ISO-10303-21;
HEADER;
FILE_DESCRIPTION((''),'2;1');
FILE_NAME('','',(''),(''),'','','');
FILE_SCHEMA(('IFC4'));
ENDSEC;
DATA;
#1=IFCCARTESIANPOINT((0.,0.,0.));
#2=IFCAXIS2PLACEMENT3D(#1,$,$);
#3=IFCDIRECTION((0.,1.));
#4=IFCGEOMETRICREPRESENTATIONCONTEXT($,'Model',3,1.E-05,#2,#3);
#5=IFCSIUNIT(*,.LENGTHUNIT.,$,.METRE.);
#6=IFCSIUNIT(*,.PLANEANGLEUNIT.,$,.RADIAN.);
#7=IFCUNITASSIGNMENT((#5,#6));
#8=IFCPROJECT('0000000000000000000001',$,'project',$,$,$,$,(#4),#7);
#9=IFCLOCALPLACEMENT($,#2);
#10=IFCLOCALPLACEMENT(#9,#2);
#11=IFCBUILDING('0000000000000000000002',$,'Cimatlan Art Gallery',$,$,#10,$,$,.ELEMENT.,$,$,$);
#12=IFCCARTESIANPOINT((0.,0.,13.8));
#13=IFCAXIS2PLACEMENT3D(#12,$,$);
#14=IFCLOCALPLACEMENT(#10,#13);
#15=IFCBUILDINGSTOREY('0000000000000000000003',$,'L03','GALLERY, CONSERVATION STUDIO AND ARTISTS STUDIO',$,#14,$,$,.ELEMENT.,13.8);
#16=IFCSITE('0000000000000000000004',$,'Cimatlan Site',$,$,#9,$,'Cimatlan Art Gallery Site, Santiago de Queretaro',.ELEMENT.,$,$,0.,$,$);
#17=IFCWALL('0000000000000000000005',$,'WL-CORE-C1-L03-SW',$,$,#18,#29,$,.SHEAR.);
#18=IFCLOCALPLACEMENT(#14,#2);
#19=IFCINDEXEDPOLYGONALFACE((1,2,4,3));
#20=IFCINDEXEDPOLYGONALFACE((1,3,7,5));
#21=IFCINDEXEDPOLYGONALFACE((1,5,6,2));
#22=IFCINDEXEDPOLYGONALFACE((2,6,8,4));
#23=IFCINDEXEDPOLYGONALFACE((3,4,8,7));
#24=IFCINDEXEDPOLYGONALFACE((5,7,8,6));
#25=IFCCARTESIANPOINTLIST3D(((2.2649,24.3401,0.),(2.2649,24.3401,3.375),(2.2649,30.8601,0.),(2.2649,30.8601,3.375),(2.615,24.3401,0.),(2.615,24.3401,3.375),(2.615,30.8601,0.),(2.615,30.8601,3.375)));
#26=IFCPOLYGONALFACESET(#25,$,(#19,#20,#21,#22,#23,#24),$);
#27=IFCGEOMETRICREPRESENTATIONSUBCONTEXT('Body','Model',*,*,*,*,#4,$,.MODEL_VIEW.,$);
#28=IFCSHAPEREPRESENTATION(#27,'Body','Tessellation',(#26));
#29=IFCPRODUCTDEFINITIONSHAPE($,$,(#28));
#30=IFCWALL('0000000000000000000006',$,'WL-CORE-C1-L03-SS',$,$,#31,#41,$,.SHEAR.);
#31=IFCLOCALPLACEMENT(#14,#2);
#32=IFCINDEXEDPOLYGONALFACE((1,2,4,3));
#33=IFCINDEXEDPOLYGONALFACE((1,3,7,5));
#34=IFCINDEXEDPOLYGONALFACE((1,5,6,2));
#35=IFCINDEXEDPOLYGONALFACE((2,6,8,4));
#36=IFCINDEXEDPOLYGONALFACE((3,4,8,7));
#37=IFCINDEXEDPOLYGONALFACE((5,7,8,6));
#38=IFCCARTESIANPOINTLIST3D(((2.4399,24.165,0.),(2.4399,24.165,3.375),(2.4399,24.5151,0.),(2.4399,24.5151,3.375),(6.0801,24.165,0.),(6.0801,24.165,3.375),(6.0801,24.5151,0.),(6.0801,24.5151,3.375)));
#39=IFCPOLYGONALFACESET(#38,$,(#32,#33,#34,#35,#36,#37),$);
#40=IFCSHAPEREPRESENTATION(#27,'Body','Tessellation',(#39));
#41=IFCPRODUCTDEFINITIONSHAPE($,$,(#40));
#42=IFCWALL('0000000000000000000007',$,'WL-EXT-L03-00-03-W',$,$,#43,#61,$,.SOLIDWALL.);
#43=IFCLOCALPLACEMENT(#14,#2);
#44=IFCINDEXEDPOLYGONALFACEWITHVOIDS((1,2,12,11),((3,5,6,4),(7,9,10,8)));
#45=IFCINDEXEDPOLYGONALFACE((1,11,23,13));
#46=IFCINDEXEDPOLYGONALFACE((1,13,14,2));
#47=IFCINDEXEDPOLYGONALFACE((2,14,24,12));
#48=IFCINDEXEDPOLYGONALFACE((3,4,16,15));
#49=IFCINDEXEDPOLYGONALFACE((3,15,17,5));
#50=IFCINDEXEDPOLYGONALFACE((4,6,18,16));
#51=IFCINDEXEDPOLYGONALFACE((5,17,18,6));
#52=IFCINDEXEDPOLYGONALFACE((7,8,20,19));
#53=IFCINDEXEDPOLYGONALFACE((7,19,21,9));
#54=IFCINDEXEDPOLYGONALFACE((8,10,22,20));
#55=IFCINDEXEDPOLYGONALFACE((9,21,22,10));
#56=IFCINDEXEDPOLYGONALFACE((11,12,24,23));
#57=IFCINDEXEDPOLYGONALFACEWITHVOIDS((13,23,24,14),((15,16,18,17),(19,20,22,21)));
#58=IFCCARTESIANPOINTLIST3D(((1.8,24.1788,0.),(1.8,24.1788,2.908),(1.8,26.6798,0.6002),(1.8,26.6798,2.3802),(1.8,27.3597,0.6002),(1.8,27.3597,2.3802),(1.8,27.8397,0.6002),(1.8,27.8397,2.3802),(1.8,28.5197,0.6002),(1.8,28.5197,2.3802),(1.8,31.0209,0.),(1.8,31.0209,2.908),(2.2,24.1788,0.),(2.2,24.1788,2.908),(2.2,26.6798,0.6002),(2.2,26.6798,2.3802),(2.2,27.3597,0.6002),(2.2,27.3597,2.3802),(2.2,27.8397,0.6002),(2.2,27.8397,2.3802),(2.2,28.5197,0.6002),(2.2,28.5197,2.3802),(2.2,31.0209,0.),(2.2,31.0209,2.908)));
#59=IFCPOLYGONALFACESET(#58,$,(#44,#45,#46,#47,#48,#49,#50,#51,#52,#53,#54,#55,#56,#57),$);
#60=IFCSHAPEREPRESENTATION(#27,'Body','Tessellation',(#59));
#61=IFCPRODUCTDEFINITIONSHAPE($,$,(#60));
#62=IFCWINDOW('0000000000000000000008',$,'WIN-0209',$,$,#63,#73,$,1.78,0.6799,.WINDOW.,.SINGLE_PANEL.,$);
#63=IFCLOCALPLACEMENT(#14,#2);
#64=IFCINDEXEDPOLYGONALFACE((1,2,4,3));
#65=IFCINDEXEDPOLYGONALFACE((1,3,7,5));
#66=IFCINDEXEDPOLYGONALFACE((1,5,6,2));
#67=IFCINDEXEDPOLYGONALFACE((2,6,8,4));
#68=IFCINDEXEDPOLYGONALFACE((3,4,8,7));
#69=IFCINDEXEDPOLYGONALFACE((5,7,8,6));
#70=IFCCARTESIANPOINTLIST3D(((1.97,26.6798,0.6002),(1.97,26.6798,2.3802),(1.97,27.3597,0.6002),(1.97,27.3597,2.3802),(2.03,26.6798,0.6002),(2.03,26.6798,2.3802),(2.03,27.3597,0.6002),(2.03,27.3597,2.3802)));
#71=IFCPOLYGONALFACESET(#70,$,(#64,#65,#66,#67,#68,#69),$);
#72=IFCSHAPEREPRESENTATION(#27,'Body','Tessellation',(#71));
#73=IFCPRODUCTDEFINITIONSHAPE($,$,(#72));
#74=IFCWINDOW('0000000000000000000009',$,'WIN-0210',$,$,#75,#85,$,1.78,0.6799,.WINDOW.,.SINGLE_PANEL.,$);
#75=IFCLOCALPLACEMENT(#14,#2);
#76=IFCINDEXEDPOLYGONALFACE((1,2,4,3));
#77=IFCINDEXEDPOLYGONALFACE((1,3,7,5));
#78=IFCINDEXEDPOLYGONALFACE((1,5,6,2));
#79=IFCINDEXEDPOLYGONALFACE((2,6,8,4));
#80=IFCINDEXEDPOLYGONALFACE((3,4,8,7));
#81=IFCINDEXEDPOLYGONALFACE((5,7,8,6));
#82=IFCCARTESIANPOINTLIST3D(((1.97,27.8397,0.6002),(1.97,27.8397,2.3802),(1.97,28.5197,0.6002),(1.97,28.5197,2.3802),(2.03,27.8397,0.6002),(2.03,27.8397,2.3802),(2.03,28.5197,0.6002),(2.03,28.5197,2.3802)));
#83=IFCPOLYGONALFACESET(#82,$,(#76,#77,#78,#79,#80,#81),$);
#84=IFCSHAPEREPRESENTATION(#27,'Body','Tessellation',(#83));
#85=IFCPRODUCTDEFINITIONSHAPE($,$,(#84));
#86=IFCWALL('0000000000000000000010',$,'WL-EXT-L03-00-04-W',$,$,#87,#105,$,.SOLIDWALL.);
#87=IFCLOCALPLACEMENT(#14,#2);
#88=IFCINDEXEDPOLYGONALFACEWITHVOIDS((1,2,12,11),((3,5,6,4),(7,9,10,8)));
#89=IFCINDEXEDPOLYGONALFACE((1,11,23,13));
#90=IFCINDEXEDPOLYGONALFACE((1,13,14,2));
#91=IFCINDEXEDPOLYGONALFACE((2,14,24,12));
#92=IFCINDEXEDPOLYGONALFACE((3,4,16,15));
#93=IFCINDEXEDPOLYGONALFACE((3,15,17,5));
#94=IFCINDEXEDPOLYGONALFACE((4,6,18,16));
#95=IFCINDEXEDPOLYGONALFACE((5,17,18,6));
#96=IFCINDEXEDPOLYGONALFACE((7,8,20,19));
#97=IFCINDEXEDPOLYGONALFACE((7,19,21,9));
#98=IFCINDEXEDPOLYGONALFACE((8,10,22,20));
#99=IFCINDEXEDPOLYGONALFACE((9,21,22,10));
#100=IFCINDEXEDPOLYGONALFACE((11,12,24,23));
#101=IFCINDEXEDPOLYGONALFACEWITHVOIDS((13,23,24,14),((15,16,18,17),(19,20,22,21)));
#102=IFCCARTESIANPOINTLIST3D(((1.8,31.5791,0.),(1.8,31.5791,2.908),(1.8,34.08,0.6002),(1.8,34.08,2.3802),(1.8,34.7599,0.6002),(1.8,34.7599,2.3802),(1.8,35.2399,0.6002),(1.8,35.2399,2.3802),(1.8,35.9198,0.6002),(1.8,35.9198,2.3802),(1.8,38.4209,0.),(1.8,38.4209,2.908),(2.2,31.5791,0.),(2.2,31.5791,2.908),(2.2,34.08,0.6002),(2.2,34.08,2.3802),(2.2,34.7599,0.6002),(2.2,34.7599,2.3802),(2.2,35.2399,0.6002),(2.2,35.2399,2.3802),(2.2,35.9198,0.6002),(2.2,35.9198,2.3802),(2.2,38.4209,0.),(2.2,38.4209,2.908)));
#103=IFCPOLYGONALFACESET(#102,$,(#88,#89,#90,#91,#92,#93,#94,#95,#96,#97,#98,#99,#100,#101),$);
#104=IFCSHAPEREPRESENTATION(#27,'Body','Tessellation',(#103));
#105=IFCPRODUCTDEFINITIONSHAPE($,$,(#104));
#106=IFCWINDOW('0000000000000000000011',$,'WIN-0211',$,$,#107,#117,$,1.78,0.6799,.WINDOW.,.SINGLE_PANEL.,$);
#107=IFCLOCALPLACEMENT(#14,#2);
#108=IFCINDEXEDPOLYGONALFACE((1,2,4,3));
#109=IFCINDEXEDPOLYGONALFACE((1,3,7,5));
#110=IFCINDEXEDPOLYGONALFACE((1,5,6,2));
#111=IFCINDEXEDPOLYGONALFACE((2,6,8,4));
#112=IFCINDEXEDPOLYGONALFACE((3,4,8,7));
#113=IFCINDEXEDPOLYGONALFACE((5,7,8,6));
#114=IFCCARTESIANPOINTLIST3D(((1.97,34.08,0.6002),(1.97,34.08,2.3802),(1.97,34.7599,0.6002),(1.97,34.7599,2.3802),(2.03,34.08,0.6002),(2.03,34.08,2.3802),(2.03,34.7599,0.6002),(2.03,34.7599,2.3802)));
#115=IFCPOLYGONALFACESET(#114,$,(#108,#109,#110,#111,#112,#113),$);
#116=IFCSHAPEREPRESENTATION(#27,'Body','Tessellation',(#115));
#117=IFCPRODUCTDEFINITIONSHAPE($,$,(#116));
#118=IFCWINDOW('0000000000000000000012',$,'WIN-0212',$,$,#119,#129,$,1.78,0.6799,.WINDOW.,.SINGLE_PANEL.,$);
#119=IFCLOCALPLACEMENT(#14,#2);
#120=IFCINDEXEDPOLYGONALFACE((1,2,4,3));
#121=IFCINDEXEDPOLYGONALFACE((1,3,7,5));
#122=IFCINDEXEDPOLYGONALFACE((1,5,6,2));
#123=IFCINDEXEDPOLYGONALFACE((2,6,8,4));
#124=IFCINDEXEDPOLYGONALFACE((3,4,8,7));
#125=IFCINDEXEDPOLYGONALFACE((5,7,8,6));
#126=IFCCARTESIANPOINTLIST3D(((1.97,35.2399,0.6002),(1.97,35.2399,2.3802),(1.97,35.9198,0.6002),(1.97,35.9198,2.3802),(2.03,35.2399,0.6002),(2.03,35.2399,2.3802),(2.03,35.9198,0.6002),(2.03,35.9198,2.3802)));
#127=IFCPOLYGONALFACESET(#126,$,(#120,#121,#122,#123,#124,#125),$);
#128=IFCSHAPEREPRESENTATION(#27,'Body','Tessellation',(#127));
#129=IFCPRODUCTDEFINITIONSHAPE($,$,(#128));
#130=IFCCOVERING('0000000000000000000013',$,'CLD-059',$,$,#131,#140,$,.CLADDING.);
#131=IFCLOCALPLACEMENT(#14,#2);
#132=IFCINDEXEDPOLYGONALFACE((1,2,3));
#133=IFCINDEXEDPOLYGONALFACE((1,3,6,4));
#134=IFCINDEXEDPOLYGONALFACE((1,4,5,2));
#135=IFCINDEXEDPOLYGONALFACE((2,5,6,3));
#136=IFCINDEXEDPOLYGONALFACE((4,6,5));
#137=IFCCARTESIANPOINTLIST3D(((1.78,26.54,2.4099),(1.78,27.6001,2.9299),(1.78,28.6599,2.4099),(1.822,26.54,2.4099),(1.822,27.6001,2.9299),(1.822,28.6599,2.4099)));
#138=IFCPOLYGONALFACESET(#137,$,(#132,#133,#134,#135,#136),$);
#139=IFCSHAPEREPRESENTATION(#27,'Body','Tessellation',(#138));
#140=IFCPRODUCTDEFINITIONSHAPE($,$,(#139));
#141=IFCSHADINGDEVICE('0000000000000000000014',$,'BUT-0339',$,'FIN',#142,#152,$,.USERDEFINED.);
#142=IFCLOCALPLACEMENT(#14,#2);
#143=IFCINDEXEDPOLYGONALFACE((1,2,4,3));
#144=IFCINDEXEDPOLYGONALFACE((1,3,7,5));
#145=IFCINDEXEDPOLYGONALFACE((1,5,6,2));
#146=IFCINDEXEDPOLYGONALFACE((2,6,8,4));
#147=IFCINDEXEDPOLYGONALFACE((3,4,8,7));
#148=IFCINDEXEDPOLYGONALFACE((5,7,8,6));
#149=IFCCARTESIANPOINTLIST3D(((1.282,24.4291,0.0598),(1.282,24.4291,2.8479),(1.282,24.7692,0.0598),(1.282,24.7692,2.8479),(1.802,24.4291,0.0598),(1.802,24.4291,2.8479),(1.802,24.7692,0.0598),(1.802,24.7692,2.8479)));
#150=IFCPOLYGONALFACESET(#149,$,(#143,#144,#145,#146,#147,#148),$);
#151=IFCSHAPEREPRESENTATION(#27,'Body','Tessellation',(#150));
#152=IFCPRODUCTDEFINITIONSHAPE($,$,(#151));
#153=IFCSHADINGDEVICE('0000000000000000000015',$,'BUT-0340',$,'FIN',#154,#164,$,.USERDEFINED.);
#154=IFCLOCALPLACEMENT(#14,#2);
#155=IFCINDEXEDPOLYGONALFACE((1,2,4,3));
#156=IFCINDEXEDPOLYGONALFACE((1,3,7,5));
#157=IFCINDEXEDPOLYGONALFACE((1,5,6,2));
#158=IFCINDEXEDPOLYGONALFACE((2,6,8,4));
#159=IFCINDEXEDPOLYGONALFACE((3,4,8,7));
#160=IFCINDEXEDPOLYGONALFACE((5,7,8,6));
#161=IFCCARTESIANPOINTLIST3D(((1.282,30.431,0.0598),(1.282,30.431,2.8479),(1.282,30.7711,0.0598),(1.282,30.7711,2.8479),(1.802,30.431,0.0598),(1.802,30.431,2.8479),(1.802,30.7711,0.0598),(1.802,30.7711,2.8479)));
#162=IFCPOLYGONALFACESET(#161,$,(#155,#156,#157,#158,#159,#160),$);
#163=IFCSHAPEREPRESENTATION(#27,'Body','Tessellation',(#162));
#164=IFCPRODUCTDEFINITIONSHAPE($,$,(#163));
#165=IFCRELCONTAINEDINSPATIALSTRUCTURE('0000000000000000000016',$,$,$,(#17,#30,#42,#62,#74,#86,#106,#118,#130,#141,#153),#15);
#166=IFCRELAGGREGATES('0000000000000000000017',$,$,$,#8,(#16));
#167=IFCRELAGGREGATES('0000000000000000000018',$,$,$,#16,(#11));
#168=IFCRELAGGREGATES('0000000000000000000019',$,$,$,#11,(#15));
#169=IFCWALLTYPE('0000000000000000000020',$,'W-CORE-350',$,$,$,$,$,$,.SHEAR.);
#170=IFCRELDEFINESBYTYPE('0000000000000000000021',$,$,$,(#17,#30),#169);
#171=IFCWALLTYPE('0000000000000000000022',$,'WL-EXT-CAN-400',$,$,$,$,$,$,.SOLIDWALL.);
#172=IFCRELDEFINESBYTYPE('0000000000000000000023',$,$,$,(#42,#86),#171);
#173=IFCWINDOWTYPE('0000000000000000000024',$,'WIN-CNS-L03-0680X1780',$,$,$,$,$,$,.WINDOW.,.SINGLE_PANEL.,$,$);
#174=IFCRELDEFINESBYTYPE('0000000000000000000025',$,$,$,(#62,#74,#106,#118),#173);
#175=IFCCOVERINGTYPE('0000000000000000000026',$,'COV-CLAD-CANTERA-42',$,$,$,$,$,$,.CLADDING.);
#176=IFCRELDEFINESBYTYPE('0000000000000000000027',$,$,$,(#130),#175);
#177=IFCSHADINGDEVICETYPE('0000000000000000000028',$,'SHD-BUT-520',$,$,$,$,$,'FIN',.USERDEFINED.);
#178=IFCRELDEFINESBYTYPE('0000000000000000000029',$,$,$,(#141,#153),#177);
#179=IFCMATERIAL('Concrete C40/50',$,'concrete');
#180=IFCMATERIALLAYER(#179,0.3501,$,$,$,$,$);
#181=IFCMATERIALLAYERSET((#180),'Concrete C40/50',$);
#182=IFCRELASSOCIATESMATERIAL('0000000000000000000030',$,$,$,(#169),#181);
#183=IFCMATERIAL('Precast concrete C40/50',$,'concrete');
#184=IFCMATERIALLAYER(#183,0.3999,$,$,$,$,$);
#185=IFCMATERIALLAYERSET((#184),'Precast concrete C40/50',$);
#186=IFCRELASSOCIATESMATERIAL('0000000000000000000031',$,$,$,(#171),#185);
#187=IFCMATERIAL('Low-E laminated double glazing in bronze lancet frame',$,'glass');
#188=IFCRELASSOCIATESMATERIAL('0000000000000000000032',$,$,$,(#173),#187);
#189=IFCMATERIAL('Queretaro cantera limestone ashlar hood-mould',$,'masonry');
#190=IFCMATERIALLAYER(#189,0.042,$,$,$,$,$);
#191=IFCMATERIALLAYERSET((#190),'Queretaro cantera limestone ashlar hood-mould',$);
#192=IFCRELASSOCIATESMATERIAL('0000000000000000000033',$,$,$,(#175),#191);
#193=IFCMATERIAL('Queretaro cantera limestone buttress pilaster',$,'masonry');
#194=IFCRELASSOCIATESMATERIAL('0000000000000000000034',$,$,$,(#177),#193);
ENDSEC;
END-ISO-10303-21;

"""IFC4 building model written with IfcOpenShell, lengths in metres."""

from ifc_helpers import new_model, si_unit, direction, frame, frame_2d, origin, origin_2d, place, context, subcontext, project, spatial, polyline, rectangle, outline, extrude, material, layer, layer_set, type_object, element, fill, save


model = new_model("IFC4")

# Units and contexts
model_context = context("Model", 3, precision=1e-05, world=origin(), true_north=direction((0.0, 1.0)))
body_context = subcontext(model_context, "Body", "Model", "MODEL_VIEW")
ifc_project = project(units=[si_unit("LENGTHUNIT", "METRE"), si_unit("PLANEANGLEUNIT", "RADIAN")], contexts=[model_context])

# Site, building, storey
site_placement = place(None, origin())
site = spatial("IfcSite", under=ifc_project, at=site_placement, Name="Cimatlan Site", LongName="Cimatlan Art Gallery Site, Santiago de Queretaro", CompositionType="ELEMENT", RefElevation=0.0)
building_placement = place(site_placement, origin())
building = spatial("IfcBuilding", under=site, at=building_placement, Name="Cimatlan Art Gallery", CompositionType="ELEMENT")
storey_placement = place(building_placement, frame((0.0, 0.0, 13.8)))
storey = spatial("IfcBuildingStorey", under=building, at=storey_placement, Name="L03", Description="GALLERY, CONSERVATION STUDIO AND ARTISTS STUDIO", CompositionType="ELEMENT", Elevation=13.8)

# Walls
ifc_material_1 = material(Name="Concrete C40/50", Category="concrete")
ifc_layer_1 = layer(ifc_material_1, 0.3501)
ifc_layer_set_1 = layer_set([ifc_layer_1], Name="Concrete C40/50")
wall_type_1 = type_object("IfcWallType", Name="W-CORE-350", PredefinedType="SHEAR", material=ifc_layer_set_1)
wall_1_placement = place(storey_placement, frame((2.4399, 24.3401, 0.0), z_axis=(0.0, 0.0, 1.0), x_axis=(0.0, 1.0, 0.0)))
element("IfcWall", 1, at=wall_1_placement, inside=storey, type_object=wall_type_1, Name="WL-CORE-C1-L03-SW", PredefinedType="SHEAR", context=body_context, shape_type="SweptSolid", body=[
    extrude(rectangle(XDim=6.52, YDim=0.3501, at=frame_2d((3.26, 0.0))), origin(), (0.0, 0.0, 1.0), 3.375),
])
wall_2_placement = place(storey_placement, frame((2.4399, 24.3401, 0.0), z_axis=(0.0, 0.0, 1.0), x_axis=(1.0, 0.0, 0.0)))
element("IfcWall", 2, at=wall_2_placement, inside=storey, type_object=wall_type_1, Name="WL-CORE-C1-L03-SS", PredefinedType="SHEAR", context=body_context, shape_type="SweptSolid", body=[
    extrude(rectangle(XDim=3.6401, YDim=0.3501, at=frame_2d((1.8201, 0.0))), origin(), (0.0, 0.0, 1.0), 3.375),
])

# Walls, openings, windows
ifc_material_2 = material(Name="Precast concrete C40/50", Category="concrete")
ifc_layer_2 = layer(ifc_material_2, 0.3999)
ifc_layer_set_2 = layer_set([ifc_layer_2], Name="Precast concrete C40/50")
wall_type_2 = type_object("IfcWallType", Name="WL-EXT-CAN-400", PredefinedType="SOLIDWALL", material=ifc_layer_set_2)
wall_3_placement = place(storey_placement, frame((2.0, 24.179, 0.0), z_axis=(0.0, 0.0, 1.0), x_axis=(0.0, 1.0, 0.0)))
wall_3 = element("IfcWall", 3, at=wall_3_placement, inside=storey, type_object=wall_type_2, Name="WL-EXT-L03-00-03-W", PredefinedType="SOLIDWALL", context=body_context, shape_type="SweptSolid", body=[
    extrude(rectangle(XDim=6.842, YDim=0.3999, at=frame_2d((3.4209, 0.0))), origin(), (0.0, 0.0, 1.0), 2.908),
])
opening_1_placement = place(wall_3_placement, frame((2.501, 0.0, 0.6001)))
opening_1 = element("IfcOpeningElement", 4, at=opening_1_placement, cuts=wall_3, PredefinedType="OPENING", context=body_context, shape_type="SweptSolid", body=[
    extrude(rectangle(XDim=0.6799, YDim=1.78, at=frame_2d((0.3398, 0.8901))), frame((0.0, 0.21, 0.0), z_axis=(0.0, -1.0, 0.0), x_axis=(1.0, 0.0, 0.0)), (0.0, 0.0, 1.0), 0.4199),
])
opening_2_placement = place(wall_3_placement, frame((3.6609, 0.0, 0.6001)))
opening_2 = element("IfcOpeningElement", 5, at=opening_2_placement, cuts=wall_3, PredefinedType="OPENING", context=body_context, shape_type="SweptSolid", body=[
    extrude(rectangle(XDim=0.6799, YDim=1.78, at=frame_2d((0.3398, 0.8901))), frame((0.0, 0.21, 0.0), z_axis=(0.0, -1.0, 0.0), x_axis=(1.0, 0.0, 0.0)), (0.0, 0.0, 1.0), 0.4199),
])
ifc_material_3 = material(Name="Low-E laminated double glazing in bronze lancet frame", Category="glass")
window_type = type_object("IfcWindowType", Name="WIN-CNS-L03-0680X1780", PartitioningType="SINGLE_PANEL", PredefinedType="WINDOW", material=ifc_material_3)
window_1_placement = place(opening_1_placement, origin())
window_1 = element("IfcWindow", 6, at=window_1_placement, inside=storey, type_object=window_type, Name="WIN-0209", OverallHeight=1.78, OverallWidth=0.6799, PartitioningType="SINGLE_PANEL", PredefinedType="WINDOW", context=body_context, shape_type="SweptSolid", body=[
    extrude(rectangle(XDim=0.6799, YDim=1.78, at=frame_2d((0.3398, 0.8901))), frame((0.0, 0.03, 0.0), z_axis=(0.0, -1.0, 0.0), x_axis=(1.0, 0.0, 0.0)), (0.0, 0.0, 1.0), 0.0601),
])
fill(opening_1, window_1)
window_2_placement = place(opening_2_placement, origin())
window_2 = element("IfcWindow", 7, at=window_2_placement, inside=storey, type_object=window_type, Name="WIN-0210", OverallHeight=1.78, OverallWidth=0.6799, PartitioningType="SINGLE_PANEL", PredefinedType="WINDOW", context=body_context, shape_type="SweptSolid", body=[
    extrude(rectangle(XDim=0.6799, YDim=1.78, at=frame_2d((0.3398, 0.8901))), frame((0.0, 0.03, 0.0), z_axis=(0.0, -1.0, 0.0), x_axis=(1.0, 0.0, 0.0)), (0.0, 0.0, 1.0), 0.0601),
])
fill(opening_2, window_2)
wall_4_placement = place(storey_placement, frame((2.0, 31.5791, 0.0), z_axis=(0.0, 0.0, 1.0), x_axis=(0.0, 1.0, 0.0)))
wall_4 = element("IfcWall", 8, at=wall_4_placement, inside=storey, type_object=wall_type_2, Name="WL-EXT-L03-00-04-W", PredefinedType="SOLIDWALL", context=body_context, shape_type="SweptSolid", body=[
    extrude(rectangle(XDim=6.8418, YDim=0.3999, at=frame_2d((3.4209, 0.0))), origin(), (0.0, 0.0, 1.0), 2.908),
])
opening_3_placement = place(wall_4_placement, frame((2.501, 0.0, 0.6001)))
opening_3 = element("IfcOpeningElement", 9, at=opening_3_placement, cuts=wall_4, PredefinedType="OPENING", context=body_context, shape_type="SweptSolid", body=[
    extrude(rectangle(XDim=0.6799, YDim=1.78, at=frame_2d((0.3398, 0.8901))), frame((0.0, 0.21, 0.0), z_axis=(0.0, -1.0, 0.0), x_axis=(1.0, 0.0, 0.0)), (0.0, 0.0, 1.0), 0.4199),
])
opening_4_placement = place(wall_4_placement, frame((3.6609, 0.0, 0.6001)))
opening_4 = element("IfcOpeningElement", 10, at=opening_4_placement, cuts=wall_4, PredefinedType="OPENING", context=body_context, shape_type="SweptSolid", body=[
    extrude(rectangle(XDim=0.6799, YDim=1.78, at=frame_2d((0.3398, 0.8901))), frame((0.0, 0.21, 0.0), z_axis=(0.0, -1.0, 0.0), x_axis=(1.0, 0.0, 0.0)), (0.0, 0.0, 1.0), 0.4199),
])
window_3_placement = place(opening_3_placement, origin())
window_3 = element("IfcWindow", 11, at=window_3_placement, inside=storey, type_object=window_type, Name="WIN-0211", OverallHeight=1.78, OverallWidth=0.6799, PartitioningType="SINGLE_PANEL", PredefinedType="WINDOW", context=body_context, shape_type="SweptSolid", body=[
    extrude(rectangle(XDim=0.6799, YDim=1.78, at=frame_2d((0.3398, 0.8901))), frame((0.0, 0.03, 0.0), z_axis=(0.0, -1.0, 0.0), x_axis=(1.0, 0.0, 0.0)), (0.0, 0.0, 1.0), 0.0601),
])
fill(opening_3, window_3)
window_4_placement = place(opening_4_placement, origin())
window_4 = element("IfcWindow", 12, at=window_4_placement, inside=storey, type_object=window_type, Name="WIN-0212", OverallHeight=1.78, OverallWidth=0.6799, PartitioningType="SINGLE_PANEL", PredefinedType="WINDOW", context=body_context, shape_type="SweptSolid", body=[
    extrude(rectangle(XDim=0.6799, YDim=1.78, at=frame_2d((0.3398, 0.8901))), frame((0.0, 0.03, 0.0), z_axis=(0.0, -1.0, 0.0), x_axis=(1.0, 0.0, 0.0)), (0.0, 0.0, 1.0), 0.0601),
])
fill(opening_4, window_4)

# Covering
ifc_material_4 = material(Name="Queretaro cantera limestone ashlar hood-mould", Category="masonry")
ifc_layer_3 = layer(ifc_material_4, 0.042)
ifc_layer_set_3 = layer_set([ifc_layer_3], Name="Queretaro cantera limestone ashlar hood-mould")
covering_type = type_object("IfcCoveringType", Name="COV-CLAD-CANTERA-42", PredefinedType="CLADDING", material=ifc_layer_set_3)
covering_placement = place(storey_placement, frame((1.822, 26.54, 2.4099), z_axis=(1.0, 0.0, 0.0), x_axis=(0.0, 1.0, 0.0)))
element("IfcCovering", 13, at=covering_placement, inside=storey, type_object=covering_type, Name="CLD-059", PredefinedType="CLADDING", context=body_context, shape_type="SweptSolid", body=[
    extrude(outline(polyline([(0.0, 0.0), (2.1199, 0.0), (1.0601, 0.52), (0.0, 0.0)])), origin(), (0.0, 0.0, -1.0), 0.042),
])

# Shading devices
ifc_material_5 = material(Name="Queretaro cantera limestone buttress pilaster", Category="masonry")
shading_device_type_1 = type_object("IfcShadingDeviceType", Name="SHD-BUT-520", ElementType="FIN", PredefinedType="USERDEFINED", material=ifc_material_5)
for number, where, z_axis, x_axis, name in (
    (14, (1.542, 24.5991, 0.0598), (0.0, 0.0, 1.0), (0.0, 1.0, 0.0), "BUT-0339"),
    (15, (1.542, 30.6011, 0.0598), (0.0, 0.0, 1.0), (0.0, 1.0, 0.0), "BUT-0340"),
):
    element("IfcShadingDevice", number, at=place(storey_placement, frame(where, z_axis=z_axis, x_axis=x_axis)), inside=storey, type_object=shading_device_type_1, Name=name, ObjectType="FIN", PredefinedType="USERDEFINED", context=body_context, shape_type="SweptSolid", body=[
        extrude(rectangle(XDim=0.3401, YDim=0.52, at=origin_2d()), origin(), (0.0, 0.0, 1.0), 2.7881),
    ])

save(model, "model.ifc")
